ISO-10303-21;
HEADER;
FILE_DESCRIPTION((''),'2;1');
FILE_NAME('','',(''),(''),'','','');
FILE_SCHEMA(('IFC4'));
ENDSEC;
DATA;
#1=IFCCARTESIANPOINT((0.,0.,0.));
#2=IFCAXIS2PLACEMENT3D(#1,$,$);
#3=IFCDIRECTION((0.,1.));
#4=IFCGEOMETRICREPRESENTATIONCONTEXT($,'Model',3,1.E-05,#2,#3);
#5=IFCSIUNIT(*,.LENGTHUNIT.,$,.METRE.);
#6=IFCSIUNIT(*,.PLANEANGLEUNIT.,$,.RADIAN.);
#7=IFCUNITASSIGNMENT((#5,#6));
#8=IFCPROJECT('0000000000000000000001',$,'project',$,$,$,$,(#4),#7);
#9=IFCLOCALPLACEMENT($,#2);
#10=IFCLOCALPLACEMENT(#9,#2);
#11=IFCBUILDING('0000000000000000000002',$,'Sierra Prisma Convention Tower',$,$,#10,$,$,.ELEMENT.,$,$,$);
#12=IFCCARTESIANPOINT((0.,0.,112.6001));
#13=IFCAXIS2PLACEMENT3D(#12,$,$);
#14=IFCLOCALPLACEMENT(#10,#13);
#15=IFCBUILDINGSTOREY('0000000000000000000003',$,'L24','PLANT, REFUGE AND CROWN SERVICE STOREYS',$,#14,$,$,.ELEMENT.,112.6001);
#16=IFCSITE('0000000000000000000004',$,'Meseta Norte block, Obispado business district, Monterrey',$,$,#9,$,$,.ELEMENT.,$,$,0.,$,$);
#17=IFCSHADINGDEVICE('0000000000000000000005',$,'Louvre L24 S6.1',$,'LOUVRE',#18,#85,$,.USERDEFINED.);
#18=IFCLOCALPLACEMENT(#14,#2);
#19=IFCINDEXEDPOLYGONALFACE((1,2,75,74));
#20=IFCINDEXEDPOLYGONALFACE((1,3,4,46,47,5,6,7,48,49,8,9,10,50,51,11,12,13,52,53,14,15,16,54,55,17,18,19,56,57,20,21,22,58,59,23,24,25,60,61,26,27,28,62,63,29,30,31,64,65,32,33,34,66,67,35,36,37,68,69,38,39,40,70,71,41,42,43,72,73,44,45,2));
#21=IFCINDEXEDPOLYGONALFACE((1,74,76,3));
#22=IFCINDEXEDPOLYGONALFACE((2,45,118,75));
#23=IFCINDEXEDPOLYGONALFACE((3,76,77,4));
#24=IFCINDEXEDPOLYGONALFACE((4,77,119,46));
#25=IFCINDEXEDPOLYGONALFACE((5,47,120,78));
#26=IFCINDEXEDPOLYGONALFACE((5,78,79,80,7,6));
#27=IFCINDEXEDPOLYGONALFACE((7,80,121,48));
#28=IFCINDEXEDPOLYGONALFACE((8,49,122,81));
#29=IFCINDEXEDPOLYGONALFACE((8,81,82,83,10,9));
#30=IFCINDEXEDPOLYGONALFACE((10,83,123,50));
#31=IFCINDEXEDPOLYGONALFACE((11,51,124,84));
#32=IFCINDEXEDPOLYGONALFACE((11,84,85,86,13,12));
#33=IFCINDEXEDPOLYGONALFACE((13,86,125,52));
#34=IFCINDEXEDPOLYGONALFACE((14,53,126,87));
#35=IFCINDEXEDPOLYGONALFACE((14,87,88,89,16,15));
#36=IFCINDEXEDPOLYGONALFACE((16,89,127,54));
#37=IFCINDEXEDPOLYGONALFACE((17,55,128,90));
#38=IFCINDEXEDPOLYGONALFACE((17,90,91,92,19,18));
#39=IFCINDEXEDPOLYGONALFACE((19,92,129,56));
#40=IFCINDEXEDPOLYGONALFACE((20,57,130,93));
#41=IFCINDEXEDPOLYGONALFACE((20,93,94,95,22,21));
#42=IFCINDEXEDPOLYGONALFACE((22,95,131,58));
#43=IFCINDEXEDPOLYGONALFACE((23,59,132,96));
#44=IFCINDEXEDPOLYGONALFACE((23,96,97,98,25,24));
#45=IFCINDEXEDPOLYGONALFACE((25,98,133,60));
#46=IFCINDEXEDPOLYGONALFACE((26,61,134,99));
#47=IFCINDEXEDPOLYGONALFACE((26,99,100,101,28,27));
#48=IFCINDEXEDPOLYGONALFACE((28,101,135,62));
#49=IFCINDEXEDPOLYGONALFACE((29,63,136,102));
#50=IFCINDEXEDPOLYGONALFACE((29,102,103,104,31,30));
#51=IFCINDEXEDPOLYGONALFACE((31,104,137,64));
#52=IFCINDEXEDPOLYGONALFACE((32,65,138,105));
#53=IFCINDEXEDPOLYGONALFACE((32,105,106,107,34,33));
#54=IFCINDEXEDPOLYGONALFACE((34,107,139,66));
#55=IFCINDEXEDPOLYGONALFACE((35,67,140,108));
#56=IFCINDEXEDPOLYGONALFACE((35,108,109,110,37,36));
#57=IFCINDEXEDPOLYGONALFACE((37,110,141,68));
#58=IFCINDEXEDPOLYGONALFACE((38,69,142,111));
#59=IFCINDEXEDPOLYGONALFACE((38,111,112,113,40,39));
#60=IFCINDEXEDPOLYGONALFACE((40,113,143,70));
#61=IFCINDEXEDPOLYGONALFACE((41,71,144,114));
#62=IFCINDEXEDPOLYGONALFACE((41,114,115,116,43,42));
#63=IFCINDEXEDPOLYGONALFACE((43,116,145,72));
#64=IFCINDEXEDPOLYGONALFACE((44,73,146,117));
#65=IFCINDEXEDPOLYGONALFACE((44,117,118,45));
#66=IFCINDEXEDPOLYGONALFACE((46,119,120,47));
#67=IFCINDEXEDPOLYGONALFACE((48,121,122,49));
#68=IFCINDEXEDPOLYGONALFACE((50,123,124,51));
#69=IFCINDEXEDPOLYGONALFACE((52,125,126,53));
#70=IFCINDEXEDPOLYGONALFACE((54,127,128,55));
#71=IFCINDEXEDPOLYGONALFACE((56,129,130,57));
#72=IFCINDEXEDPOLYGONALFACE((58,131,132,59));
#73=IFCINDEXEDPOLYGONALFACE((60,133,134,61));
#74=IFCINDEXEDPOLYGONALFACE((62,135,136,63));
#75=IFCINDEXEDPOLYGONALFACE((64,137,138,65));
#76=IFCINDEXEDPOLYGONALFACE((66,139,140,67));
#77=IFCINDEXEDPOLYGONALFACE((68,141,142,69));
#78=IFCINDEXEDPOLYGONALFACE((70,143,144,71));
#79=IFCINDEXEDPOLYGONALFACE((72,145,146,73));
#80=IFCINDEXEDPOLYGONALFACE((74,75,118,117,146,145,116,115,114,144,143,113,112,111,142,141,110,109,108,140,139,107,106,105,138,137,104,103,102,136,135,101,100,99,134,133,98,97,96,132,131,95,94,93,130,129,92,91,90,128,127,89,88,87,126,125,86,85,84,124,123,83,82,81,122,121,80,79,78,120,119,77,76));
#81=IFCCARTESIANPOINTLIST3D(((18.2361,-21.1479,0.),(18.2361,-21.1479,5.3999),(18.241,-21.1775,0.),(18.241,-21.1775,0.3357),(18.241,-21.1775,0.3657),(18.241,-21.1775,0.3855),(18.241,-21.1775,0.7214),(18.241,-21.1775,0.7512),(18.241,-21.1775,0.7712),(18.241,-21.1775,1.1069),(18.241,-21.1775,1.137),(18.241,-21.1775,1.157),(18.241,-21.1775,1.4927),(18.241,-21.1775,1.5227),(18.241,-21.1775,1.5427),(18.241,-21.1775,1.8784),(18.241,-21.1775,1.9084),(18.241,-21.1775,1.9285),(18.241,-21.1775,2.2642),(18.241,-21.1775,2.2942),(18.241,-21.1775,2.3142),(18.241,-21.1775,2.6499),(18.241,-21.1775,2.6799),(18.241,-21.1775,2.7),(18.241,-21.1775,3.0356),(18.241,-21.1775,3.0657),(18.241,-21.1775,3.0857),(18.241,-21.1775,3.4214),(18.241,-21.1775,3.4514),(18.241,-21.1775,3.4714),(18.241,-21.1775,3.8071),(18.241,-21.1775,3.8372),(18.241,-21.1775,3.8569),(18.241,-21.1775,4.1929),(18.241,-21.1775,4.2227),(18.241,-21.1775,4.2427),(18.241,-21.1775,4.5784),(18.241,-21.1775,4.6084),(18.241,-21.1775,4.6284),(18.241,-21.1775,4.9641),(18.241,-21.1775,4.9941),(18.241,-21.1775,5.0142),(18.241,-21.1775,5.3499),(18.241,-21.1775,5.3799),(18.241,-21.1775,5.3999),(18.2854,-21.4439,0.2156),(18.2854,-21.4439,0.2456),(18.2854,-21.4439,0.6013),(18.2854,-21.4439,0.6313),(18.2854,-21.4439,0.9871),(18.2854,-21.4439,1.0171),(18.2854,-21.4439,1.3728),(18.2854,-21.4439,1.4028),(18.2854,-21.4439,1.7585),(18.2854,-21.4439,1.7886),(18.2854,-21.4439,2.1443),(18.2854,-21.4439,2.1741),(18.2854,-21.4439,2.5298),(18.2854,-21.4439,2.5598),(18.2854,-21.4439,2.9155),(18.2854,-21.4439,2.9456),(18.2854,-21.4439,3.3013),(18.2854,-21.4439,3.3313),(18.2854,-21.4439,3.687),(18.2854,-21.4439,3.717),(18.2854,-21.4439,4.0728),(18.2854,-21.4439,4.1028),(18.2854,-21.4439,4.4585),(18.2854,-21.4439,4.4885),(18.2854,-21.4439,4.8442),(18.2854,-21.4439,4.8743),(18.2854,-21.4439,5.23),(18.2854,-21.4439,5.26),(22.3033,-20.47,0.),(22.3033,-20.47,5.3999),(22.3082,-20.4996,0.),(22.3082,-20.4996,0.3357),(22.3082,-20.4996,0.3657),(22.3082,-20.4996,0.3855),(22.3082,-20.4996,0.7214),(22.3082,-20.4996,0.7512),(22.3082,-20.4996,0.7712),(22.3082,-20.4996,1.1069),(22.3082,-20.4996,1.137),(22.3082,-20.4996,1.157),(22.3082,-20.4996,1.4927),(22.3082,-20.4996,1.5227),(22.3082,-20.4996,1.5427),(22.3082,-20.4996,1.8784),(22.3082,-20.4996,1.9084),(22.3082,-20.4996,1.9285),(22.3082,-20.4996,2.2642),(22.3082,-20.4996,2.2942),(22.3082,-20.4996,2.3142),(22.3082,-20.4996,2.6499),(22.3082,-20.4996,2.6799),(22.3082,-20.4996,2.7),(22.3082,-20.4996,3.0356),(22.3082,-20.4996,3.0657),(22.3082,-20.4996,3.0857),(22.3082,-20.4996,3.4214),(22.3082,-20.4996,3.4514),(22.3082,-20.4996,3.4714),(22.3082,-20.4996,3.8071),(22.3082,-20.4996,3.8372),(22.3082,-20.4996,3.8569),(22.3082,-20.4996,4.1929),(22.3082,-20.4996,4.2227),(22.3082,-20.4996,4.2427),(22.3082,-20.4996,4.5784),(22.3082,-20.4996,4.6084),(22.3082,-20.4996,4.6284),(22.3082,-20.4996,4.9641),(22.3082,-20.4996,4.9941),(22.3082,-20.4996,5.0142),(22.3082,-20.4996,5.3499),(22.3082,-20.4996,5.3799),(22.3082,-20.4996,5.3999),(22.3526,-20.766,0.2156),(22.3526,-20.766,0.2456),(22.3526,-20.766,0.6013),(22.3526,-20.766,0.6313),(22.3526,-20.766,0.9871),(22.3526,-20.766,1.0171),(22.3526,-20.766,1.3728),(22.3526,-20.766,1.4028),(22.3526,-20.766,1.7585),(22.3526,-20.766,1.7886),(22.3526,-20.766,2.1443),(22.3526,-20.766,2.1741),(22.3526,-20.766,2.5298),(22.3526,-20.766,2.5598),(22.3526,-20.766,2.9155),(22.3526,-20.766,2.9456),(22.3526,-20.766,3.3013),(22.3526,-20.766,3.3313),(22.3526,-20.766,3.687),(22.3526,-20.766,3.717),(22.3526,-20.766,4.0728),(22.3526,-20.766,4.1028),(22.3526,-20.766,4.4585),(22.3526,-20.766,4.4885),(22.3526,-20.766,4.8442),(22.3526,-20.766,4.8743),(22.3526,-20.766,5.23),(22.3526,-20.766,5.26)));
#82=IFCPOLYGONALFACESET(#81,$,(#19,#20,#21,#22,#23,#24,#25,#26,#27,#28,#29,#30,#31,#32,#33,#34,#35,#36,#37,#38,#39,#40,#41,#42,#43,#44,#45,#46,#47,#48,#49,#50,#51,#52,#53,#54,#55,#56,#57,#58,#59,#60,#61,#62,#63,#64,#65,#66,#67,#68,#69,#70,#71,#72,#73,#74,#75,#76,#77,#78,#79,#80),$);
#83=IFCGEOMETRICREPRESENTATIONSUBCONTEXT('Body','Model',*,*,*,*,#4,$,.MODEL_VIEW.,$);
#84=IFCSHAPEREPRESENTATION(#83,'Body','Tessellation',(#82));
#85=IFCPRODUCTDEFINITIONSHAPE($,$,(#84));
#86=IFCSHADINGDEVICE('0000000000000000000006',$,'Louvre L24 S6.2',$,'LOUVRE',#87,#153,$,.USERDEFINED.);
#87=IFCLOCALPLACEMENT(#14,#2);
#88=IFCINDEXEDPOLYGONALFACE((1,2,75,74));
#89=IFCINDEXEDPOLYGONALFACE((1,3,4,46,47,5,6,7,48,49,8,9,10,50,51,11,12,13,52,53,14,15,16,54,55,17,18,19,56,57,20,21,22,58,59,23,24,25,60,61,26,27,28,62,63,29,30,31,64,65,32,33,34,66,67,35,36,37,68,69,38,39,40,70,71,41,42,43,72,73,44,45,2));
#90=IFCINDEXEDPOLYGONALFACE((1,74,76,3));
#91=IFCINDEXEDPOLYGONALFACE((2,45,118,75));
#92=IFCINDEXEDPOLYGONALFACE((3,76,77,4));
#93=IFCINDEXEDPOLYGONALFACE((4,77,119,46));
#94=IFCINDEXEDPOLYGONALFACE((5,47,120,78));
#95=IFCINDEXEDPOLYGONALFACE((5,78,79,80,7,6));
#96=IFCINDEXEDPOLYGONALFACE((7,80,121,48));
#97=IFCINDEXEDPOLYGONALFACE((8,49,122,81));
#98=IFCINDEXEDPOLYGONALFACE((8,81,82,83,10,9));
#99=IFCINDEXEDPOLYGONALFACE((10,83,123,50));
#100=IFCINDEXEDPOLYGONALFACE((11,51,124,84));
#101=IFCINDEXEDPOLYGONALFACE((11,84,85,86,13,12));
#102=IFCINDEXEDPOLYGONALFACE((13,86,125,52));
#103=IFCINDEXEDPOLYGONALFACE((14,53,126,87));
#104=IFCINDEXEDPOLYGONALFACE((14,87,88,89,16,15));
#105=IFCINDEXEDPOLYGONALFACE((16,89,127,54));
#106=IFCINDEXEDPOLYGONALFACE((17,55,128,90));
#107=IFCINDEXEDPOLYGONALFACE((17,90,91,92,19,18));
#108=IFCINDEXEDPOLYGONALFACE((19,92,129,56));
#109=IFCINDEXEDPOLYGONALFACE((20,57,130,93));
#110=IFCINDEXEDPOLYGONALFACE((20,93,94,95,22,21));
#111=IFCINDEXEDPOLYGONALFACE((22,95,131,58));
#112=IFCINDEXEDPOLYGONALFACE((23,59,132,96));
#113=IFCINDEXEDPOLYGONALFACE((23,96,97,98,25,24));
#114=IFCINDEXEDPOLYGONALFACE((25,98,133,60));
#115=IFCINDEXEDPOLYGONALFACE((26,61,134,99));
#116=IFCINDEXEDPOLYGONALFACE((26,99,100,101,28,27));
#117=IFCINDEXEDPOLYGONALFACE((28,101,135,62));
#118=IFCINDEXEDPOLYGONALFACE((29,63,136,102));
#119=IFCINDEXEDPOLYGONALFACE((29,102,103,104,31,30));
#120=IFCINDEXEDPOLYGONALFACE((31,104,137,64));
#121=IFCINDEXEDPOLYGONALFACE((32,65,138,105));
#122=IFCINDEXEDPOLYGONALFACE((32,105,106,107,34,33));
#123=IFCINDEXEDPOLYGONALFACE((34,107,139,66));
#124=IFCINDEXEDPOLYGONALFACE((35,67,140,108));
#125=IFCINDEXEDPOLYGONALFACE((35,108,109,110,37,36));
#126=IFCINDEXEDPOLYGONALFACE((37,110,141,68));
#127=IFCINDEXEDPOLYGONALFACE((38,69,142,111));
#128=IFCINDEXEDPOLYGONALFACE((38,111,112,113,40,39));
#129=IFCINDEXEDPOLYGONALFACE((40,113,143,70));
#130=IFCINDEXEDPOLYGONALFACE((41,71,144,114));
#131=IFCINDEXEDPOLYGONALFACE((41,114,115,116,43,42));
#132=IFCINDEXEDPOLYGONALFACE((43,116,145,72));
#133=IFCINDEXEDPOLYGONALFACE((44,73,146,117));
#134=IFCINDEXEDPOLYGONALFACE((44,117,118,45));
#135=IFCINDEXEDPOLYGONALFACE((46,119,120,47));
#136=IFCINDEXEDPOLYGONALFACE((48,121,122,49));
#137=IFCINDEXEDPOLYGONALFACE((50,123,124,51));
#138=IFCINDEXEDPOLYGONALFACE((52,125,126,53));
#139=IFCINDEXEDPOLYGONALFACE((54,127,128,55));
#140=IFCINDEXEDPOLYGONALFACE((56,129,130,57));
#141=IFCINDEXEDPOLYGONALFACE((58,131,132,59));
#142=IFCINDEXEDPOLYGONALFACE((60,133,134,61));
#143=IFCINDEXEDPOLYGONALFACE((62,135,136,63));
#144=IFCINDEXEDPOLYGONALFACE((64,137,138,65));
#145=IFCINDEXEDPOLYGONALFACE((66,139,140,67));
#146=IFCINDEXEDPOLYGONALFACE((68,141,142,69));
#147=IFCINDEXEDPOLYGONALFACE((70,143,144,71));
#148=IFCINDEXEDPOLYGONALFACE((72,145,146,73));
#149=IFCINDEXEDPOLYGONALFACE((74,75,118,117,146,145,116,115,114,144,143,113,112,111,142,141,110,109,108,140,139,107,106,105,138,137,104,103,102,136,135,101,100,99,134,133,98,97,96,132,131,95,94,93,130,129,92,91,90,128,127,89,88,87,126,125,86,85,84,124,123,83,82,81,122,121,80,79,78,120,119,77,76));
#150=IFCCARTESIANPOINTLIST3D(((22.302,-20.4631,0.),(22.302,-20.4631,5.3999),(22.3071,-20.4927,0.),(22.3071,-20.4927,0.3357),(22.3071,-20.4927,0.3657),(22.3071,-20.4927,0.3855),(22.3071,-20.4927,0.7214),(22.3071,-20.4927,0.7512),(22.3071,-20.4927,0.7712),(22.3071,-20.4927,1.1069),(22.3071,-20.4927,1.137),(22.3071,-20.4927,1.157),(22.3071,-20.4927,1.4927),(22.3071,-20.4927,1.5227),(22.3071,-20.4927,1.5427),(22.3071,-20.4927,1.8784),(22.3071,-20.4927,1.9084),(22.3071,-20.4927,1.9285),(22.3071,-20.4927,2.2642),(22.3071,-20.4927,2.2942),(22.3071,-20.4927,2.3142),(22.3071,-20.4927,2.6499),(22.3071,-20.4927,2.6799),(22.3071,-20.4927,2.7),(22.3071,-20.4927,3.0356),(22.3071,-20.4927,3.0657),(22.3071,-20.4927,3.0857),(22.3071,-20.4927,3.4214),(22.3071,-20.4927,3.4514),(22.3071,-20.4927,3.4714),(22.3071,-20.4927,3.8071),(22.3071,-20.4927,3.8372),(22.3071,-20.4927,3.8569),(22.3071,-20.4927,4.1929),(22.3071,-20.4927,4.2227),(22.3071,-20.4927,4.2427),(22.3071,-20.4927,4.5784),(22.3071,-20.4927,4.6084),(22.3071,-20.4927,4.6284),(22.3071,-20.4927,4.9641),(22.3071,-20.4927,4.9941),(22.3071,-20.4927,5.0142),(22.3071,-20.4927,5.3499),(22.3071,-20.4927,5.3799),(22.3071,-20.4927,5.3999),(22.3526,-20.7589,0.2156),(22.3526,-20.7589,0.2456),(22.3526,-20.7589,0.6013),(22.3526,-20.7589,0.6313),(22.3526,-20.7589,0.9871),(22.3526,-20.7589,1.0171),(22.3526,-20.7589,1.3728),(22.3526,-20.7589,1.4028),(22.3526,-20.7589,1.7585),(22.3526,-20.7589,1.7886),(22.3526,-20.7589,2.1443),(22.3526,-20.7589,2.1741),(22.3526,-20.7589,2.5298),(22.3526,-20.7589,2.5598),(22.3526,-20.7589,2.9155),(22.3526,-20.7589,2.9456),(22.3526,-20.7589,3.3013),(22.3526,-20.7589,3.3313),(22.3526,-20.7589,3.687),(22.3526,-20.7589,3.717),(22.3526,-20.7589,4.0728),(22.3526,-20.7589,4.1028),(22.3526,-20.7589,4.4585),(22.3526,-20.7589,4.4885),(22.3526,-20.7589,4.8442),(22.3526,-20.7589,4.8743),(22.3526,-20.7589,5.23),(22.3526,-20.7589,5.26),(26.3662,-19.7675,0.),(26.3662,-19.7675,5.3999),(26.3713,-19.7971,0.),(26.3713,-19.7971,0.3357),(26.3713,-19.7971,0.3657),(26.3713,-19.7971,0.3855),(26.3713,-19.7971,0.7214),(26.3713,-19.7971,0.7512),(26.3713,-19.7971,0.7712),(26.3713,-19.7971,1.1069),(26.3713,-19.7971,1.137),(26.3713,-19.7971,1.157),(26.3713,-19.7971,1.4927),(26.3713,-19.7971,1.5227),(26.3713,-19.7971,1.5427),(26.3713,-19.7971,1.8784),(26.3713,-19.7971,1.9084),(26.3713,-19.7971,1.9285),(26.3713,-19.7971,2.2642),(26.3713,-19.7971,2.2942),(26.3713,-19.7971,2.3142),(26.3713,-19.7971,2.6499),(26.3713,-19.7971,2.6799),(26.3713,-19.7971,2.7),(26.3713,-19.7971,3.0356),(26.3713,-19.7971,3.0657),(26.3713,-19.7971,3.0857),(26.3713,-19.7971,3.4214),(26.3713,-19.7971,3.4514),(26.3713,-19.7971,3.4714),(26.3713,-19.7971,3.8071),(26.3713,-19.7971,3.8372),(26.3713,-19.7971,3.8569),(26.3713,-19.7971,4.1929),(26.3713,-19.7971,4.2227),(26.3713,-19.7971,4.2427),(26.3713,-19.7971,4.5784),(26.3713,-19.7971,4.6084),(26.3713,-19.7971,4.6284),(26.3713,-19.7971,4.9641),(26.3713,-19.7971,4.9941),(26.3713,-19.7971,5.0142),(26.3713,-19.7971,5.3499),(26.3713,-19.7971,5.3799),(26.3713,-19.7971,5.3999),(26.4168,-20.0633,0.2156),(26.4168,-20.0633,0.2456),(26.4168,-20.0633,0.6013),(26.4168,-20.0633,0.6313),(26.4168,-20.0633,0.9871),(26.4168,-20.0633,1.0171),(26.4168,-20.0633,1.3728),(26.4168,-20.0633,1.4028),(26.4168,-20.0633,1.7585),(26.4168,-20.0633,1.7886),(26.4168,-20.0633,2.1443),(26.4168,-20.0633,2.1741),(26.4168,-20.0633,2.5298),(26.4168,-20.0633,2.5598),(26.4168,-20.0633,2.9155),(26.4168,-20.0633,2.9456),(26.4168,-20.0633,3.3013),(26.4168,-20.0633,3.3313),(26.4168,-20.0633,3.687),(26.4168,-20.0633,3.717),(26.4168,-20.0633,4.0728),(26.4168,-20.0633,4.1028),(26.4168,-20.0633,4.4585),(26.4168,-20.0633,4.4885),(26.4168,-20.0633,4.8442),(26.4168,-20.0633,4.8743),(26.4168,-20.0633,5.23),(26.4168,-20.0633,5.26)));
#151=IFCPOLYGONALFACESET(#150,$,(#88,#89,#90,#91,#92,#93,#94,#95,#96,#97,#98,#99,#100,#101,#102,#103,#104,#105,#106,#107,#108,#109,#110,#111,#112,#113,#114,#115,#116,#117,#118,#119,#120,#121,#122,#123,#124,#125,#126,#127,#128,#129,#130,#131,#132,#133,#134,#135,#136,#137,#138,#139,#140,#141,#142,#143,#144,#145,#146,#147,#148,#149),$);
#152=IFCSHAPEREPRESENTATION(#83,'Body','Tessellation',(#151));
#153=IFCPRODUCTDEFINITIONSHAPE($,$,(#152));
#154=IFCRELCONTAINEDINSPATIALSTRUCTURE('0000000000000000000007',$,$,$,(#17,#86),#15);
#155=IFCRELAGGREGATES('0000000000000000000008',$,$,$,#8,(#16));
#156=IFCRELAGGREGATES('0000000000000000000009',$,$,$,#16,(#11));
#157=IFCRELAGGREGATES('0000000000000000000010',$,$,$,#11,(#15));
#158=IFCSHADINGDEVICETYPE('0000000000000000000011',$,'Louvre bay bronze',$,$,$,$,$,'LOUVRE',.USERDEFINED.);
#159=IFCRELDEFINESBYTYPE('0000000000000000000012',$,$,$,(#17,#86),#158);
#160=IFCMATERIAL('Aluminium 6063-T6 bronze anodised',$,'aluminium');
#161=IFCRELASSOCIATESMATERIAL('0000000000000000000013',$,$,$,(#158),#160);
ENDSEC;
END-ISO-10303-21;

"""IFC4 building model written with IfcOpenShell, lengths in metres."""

from ifc_helpers import new_model, si_unit, direction, frame, origin, place, context, subcontext, project, spatial, polyline, outline, extrude, material, type_object, element, save


model = new_model("IFC4")

# Units and contexts
model_context = context("Model", 3, precision=1e-05, world=origin(), true_north=direction((0.0, 1.0)))
body_context = subcontext(model_context, "Body", "Model", "MODEL_VIEW")
ifc_project = project(units=[si_unit("LENGTHUNIT", "METRE"), si_unit("PLANEANGLEUNIT", "RADIAN")], contexts=[model_context])

# Site, building, storey
site_placement = place(None, origin())
site = spatial("IfcSite", under=ifc_project, at=site_placement, Name="Meseta Norte block, Obispado business district, Monterrey", CompositionType="ELEMENT", RefElevation=0.0)
building_placement = place(site_placement, origin())
building = spatial("IfcBuilding", under=site, at=building_placement, Name="Sierra Prisma Convention Tower", CompositionType="ELEMENT")
storey_placement = place(building_placement, frame((0.0, 0.0, 112.6001)))
storey = spatial("IfcBuildingStorey", under=building, at=storey_placement, Name="L24", Description="PLANT, REFUGE AND CROWN SERVICE STOREYS", CompositionType="ELEMENT", Elevation=112.6001)

# Shading devices
ifc_material_1 = material(Name="Aluminium 6063-T6 bronze anodised", Category="aluminium")
shading_device_type = type_object("IfcShadingDeviceType", Name="Louvre bay bronze", ElementType="LOUVRE", PredefinedType="USERDEFINED", material=ifc_material_1)
shading_device_1_placement = place(storey_placement, frame((18.2361, -21.1479, 0.0), z_axis=(-0.986392, -0.164408, 0.0), x_axis=(0.0, 0.0, 1.0)))
element("IfcShadingDevice", 1, at=shading_device_1_placement, inside=storey, type_object=shading_device_type, Name="Louvre L24 S6.1", ObjectType="LOUVRE", PredefinedType="USERDEFINED", context=body_context, shape_type="SweptSolid", body=[
    extrude(outline(polyline([(0.0, 0.0), (5.3999, 0.0), (5.3999, -0.0299), (5.3799, -0.0299), (5.26, -0.3001), (5.23, -0.3001), (5.3499, -0.0299), (5.0142, -0.0299), (4.9941, -0.0299), (4.8743, -0.3001), (4.8442, -0.3001), (4.9641, -0.0299), (4.6284, -0.0299), (4.6084, -0.0299), (4.4885, -0.3001), (4.4585, -0.3001), (4.5784, -0.0299), (4.2427, -0.0299), (4.2227, -0.0299), (4.1028, -0.3001), (4.0728, -0.3001), (4.1929, -0.0299), (3.8569, -0.0299), (3.8372, -0.0299), (3.717, -0.3001), (3.687, -0.3001), (3.8071, -0.0299), (3.4714, -0.0299), (3.4514, -0.0299), (3.3313, -0.3001), (3.3013, -0.3001), (3.4214, -0.0299), (3.0857, -0.0299), (3.0657, -0.0299), (2.9456, -0.3001), (2.9155, -0.3001), (3.0356, -0.0299), (2.7, -0.0299), (2.6799, -0.0299), (2.5598, -0.3001), (2.5298, -0.3001), (2.6499, -0.0299), (2.3142, -0.0299), (2.2942, -0.0299), (2.1741, -0.3001), (2.1443, -0.3001), (2.2642, -0.0299), (1.9285, -0.0299), (1.9084, -0.0299), (1.7886, -0.3001), (1.7585, -0.3001), (1.8784, -0.0299), (1.5427, -0.0299), (1.5227, -0.0299), (1.4028, -0.3001), (1.3728, -0.3001), (1.4927, -0.0299), (1.157, -0.0299), (1.137, -0.0299), (1.0171, -0.3001), (0.9871, -0.3001), (1.1069, -0.0299), (0.7712, -0.0299), (0.7512, -0.0299), (0.6313, -0.3001), (0.6013, -0.3001), (0.7214, -0.0299), (0.3855, -0.0299), (0.3657, -0.0299), (0.2456, -0.3001), (0.2156, -0.3001), (0.3357, -0.0299), (0.0, -0.0299), (0.0, 0.0)])), origin(), (0.0, 0.0, -1.0), 4.1233),
])
shading_device_2_placement = place(storey_placement, frame((22.302, -20.4631, 0.0), z_axis=(-0.985667, -0.168702, 0.0), x_axis=(0.0, 0.0, 1.0)))
element("IfcShadingDevice", 2, at=shading_device_2_placement, inside=storey, type_object=shading_device_type, Name="Louvre L24 S6.2", ObjectType="LOUVRE", PredefinedType="USERDEFINED", context=body_context, shape_type="SweptSolid", body=[
    extrude(outline(polyline([(0.0, 0.0), (5.3999, 0.0), (5.3999, -0.03), (5.3799, -0.03), (5.26, -0.3001), (5.23, -0.3001), (5.3499, -0.03), (5.0142, -0.03), (4.9941, -0.03), (4.8743, -0.3001), (4.8442, -0.3001), (4.9641, -0.03), (4.6284, -0.03), (4.6084, -0.03), (4.4885, -0.3001), (4.4585, -0.3001), (4.5784, -0.03), (4.2427, -0.03), (4.2227, -0.03), (4.1028, -0.3001), (4.0728, -0.3001), (4.1929, -0.03), (3.8569, -0.03), (3.8372, -0.03), (3.717, -0.3001), (3.687, -0.3001), (3.8071, -0.03), (3.4714, -0.03), (3.4514, -0.03), (3.3313, -0.3001), (3.3013, -0.3001), (3.4214, -0.03), (3.0857, -0.03), (3.0657, -0.03), (2.9456, -0.3001), (2.9155, -0.3001), (3.0356, -0.03), (2.7, -0.03), (2.6799, -0.03), (2.5598, -0.3001), (2.5298, -0.3001), (2.6499, -0.03), (2.3142, -0.03), (2.2942, -0.03), (2.1741, -0.3001), (2.1443, -0.3001), (2.2642, -0.03), (1.9285, -0.03), (1.9084, -0.03), (1.7886, -0.3001), (1.7585, -0.3001), (1.8784, -0.03), (1.5427, -0.03), (1.5227, -0.03), (1.4028, -0.3001), (1.3728, -0.3001), (1.4927, -0.03), (1.157, -0.03), (1.137, -0.03), (1.0171, -0.3001), (0.9871, -0.3001), (1.1069, -0.03), (0.7712, -0.03), (0.7512, -0.03), (0.6313, -0.3001), (0.6013, -0.3001), (0.7214, -0.03), (0.3855, -0.03), (0.3657, -0.03), (0.2456, -0.3001), (0.2156, -0.3001), (0.3357, -0.03), (0.0, -0.03), (0.0, 0.0)])), origin(), (0.0, 0.0, -1.0), 4.1233),
])

save(model, "model.ifc")
